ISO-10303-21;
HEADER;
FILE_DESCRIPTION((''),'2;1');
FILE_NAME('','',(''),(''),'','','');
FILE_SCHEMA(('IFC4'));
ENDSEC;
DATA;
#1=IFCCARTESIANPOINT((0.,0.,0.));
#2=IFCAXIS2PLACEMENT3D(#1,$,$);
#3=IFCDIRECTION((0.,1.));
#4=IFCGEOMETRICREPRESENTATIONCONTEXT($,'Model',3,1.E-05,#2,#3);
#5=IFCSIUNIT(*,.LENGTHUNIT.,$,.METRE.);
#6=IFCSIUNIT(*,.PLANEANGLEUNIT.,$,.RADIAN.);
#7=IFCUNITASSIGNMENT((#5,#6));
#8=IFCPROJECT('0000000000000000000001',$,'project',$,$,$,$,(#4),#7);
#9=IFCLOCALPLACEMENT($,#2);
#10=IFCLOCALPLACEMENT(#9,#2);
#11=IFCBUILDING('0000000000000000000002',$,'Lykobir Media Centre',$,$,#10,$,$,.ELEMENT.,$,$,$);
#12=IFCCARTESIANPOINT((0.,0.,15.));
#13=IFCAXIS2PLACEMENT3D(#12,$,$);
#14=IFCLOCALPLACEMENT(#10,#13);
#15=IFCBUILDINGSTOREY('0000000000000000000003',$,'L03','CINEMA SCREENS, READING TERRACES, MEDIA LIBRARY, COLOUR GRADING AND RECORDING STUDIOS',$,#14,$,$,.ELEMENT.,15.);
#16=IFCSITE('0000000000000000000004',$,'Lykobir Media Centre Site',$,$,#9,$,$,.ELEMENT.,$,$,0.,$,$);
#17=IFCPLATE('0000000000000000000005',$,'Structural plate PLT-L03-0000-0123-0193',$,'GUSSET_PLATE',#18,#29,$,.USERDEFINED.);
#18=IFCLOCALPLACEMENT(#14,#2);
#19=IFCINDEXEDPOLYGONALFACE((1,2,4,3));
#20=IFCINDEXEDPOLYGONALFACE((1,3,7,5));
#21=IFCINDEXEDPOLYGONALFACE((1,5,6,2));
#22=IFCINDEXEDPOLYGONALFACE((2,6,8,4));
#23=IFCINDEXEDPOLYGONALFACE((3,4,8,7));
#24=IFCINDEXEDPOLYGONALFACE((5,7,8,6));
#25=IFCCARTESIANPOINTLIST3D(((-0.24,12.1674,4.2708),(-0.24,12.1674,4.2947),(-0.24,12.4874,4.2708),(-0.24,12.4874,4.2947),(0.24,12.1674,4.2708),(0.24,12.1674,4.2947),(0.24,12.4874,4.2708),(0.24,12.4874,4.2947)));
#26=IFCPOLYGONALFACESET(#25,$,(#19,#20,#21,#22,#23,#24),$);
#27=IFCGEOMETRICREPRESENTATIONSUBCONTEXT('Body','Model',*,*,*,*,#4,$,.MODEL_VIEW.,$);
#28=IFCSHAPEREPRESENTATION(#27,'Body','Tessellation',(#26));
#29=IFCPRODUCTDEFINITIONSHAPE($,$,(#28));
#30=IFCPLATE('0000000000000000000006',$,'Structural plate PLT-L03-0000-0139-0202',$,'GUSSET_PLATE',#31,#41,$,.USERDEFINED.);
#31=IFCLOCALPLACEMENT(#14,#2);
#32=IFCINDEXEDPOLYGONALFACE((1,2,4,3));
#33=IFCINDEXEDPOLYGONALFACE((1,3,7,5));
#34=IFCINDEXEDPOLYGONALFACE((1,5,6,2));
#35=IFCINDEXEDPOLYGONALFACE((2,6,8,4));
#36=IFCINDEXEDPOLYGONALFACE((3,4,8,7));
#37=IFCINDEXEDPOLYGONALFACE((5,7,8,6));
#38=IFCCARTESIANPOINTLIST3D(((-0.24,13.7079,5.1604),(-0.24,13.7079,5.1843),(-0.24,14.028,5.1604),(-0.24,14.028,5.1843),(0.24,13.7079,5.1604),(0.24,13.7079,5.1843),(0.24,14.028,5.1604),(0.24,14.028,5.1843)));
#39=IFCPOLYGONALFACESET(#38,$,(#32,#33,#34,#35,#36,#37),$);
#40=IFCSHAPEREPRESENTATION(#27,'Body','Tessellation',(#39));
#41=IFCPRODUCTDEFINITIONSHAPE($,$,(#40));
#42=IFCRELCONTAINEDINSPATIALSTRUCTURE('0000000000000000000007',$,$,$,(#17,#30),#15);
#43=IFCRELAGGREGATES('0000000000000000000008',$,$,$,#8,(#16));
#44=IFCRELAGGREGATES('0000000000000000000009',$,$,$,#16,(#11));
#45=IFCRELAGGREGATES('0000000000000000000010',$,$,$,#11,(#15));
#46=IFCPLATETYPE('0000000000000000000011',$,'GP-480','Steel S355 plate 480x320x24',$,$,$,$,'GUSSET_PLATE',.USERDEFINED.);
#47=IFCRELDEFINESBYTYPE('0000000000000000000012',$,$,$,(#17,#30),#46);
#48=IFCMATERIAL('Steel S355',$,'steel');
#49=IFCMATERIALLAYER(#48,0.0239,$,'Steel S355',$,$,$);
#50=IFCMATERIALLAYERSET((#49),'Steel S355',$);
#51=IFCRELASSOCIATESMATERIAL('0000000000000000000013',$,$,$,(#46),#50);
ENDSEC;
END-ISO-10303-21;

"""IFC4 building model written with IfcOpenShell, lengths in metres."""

from ifc_helpers import new_model, si_unit, direction, frame, origin, origin_2d, place, context, subcontext, project, spatial, rectangle, extrude, material, layer, layer_set, type_object, element, save


model = new_model("IFC4")

# Units and contexts
model_context = context("Model", 3, precision=1e-05, world=origin(), true_north=direction((0.0, 1.0)))
body_context = subcontext(model_context, "Body", "Model", "MODEL_VIEW")
ifc_project = project(units=[si_unit("LENGTHUNIT", "METRE"), si_unit("PLANEANGLEUNIT", "RADIAN")], contexts=[model_context])

# Site, building, storey
site_placement = place(None, origin())
site = spatial("IfcSite", under=ifc_project, at=site_placement, Name="Lykobir Media Centre Site", CompositionType="ELEMENT", RefElevation=0.0)
building_placement = place(site_placement, origin())
building = spatial("IfcBuilding", under=site, at=building_placement, Name="Lykobir Media Centre", CompositionType="ELEMENT")
storey_placement = place(building_placement, frame((0.0, 0.0, 15.0)))
storey = spatial("IfcBuildingStorey", under=building, at=storey_placement, Name="L03", Description="CINEMA SCREENS, READING TERRACES, MEDIA LIBRARY, COLOUR GRADING AND RECORDING STUDIOS", CompositionType="ELEMENT", Elevation=15.0)

# Shared definitions
ifc_material_1 = material(Name="Steel S355", Category="steel")

# Plates
ifc_layer_1 = layer(ifc_material_1, 0.0239, Name="Steel S355")
ifc_layer_set_1 = layer_set([ifc_layer_1], Name="Steel S355")
plate_type_1 = type_object("IfcPlateType", Name="GP-480", Description="Steel S355 plate 480x320x24", ElementType="GUSSET_PLATE", PredefinedType="USERDEFINED", material=ifc_layer_set_1)
for number, where, z_axis, x_axis, name in (
    (1, (0.0, 12.3274, 4.2708), (0.0, 0.0, 1.0), (1.0, 0.0, 0.0), "Structural plate PLT-L03-0000-0123-0193"),
    (2, (0.0, 13.8679, 5.1604), (0.0, 0.0, 1.0), (1.0, 0.0, 0.0), "Structural plate PLT-L03-0000-0139-0202"),
):
    element("IfcPlate", number, at=place(storey_placement, frame(where, z_axis=z_axis, x_axis=x_axis)), inside=storey, type_object=plate_type_1, Name=name, ObjectType="GUSSET_PLATE", PredefinedType="USERDEFINED", context=body_context, shape_type="SweptSolid", body=[
        extrude(rectangle(XDim=0.48, YDim=0.3201, at=origin_2d()), origin(), (0.0, 0.0, 1.0), 0.0239),
    ])

save(model, "model.ifc")
